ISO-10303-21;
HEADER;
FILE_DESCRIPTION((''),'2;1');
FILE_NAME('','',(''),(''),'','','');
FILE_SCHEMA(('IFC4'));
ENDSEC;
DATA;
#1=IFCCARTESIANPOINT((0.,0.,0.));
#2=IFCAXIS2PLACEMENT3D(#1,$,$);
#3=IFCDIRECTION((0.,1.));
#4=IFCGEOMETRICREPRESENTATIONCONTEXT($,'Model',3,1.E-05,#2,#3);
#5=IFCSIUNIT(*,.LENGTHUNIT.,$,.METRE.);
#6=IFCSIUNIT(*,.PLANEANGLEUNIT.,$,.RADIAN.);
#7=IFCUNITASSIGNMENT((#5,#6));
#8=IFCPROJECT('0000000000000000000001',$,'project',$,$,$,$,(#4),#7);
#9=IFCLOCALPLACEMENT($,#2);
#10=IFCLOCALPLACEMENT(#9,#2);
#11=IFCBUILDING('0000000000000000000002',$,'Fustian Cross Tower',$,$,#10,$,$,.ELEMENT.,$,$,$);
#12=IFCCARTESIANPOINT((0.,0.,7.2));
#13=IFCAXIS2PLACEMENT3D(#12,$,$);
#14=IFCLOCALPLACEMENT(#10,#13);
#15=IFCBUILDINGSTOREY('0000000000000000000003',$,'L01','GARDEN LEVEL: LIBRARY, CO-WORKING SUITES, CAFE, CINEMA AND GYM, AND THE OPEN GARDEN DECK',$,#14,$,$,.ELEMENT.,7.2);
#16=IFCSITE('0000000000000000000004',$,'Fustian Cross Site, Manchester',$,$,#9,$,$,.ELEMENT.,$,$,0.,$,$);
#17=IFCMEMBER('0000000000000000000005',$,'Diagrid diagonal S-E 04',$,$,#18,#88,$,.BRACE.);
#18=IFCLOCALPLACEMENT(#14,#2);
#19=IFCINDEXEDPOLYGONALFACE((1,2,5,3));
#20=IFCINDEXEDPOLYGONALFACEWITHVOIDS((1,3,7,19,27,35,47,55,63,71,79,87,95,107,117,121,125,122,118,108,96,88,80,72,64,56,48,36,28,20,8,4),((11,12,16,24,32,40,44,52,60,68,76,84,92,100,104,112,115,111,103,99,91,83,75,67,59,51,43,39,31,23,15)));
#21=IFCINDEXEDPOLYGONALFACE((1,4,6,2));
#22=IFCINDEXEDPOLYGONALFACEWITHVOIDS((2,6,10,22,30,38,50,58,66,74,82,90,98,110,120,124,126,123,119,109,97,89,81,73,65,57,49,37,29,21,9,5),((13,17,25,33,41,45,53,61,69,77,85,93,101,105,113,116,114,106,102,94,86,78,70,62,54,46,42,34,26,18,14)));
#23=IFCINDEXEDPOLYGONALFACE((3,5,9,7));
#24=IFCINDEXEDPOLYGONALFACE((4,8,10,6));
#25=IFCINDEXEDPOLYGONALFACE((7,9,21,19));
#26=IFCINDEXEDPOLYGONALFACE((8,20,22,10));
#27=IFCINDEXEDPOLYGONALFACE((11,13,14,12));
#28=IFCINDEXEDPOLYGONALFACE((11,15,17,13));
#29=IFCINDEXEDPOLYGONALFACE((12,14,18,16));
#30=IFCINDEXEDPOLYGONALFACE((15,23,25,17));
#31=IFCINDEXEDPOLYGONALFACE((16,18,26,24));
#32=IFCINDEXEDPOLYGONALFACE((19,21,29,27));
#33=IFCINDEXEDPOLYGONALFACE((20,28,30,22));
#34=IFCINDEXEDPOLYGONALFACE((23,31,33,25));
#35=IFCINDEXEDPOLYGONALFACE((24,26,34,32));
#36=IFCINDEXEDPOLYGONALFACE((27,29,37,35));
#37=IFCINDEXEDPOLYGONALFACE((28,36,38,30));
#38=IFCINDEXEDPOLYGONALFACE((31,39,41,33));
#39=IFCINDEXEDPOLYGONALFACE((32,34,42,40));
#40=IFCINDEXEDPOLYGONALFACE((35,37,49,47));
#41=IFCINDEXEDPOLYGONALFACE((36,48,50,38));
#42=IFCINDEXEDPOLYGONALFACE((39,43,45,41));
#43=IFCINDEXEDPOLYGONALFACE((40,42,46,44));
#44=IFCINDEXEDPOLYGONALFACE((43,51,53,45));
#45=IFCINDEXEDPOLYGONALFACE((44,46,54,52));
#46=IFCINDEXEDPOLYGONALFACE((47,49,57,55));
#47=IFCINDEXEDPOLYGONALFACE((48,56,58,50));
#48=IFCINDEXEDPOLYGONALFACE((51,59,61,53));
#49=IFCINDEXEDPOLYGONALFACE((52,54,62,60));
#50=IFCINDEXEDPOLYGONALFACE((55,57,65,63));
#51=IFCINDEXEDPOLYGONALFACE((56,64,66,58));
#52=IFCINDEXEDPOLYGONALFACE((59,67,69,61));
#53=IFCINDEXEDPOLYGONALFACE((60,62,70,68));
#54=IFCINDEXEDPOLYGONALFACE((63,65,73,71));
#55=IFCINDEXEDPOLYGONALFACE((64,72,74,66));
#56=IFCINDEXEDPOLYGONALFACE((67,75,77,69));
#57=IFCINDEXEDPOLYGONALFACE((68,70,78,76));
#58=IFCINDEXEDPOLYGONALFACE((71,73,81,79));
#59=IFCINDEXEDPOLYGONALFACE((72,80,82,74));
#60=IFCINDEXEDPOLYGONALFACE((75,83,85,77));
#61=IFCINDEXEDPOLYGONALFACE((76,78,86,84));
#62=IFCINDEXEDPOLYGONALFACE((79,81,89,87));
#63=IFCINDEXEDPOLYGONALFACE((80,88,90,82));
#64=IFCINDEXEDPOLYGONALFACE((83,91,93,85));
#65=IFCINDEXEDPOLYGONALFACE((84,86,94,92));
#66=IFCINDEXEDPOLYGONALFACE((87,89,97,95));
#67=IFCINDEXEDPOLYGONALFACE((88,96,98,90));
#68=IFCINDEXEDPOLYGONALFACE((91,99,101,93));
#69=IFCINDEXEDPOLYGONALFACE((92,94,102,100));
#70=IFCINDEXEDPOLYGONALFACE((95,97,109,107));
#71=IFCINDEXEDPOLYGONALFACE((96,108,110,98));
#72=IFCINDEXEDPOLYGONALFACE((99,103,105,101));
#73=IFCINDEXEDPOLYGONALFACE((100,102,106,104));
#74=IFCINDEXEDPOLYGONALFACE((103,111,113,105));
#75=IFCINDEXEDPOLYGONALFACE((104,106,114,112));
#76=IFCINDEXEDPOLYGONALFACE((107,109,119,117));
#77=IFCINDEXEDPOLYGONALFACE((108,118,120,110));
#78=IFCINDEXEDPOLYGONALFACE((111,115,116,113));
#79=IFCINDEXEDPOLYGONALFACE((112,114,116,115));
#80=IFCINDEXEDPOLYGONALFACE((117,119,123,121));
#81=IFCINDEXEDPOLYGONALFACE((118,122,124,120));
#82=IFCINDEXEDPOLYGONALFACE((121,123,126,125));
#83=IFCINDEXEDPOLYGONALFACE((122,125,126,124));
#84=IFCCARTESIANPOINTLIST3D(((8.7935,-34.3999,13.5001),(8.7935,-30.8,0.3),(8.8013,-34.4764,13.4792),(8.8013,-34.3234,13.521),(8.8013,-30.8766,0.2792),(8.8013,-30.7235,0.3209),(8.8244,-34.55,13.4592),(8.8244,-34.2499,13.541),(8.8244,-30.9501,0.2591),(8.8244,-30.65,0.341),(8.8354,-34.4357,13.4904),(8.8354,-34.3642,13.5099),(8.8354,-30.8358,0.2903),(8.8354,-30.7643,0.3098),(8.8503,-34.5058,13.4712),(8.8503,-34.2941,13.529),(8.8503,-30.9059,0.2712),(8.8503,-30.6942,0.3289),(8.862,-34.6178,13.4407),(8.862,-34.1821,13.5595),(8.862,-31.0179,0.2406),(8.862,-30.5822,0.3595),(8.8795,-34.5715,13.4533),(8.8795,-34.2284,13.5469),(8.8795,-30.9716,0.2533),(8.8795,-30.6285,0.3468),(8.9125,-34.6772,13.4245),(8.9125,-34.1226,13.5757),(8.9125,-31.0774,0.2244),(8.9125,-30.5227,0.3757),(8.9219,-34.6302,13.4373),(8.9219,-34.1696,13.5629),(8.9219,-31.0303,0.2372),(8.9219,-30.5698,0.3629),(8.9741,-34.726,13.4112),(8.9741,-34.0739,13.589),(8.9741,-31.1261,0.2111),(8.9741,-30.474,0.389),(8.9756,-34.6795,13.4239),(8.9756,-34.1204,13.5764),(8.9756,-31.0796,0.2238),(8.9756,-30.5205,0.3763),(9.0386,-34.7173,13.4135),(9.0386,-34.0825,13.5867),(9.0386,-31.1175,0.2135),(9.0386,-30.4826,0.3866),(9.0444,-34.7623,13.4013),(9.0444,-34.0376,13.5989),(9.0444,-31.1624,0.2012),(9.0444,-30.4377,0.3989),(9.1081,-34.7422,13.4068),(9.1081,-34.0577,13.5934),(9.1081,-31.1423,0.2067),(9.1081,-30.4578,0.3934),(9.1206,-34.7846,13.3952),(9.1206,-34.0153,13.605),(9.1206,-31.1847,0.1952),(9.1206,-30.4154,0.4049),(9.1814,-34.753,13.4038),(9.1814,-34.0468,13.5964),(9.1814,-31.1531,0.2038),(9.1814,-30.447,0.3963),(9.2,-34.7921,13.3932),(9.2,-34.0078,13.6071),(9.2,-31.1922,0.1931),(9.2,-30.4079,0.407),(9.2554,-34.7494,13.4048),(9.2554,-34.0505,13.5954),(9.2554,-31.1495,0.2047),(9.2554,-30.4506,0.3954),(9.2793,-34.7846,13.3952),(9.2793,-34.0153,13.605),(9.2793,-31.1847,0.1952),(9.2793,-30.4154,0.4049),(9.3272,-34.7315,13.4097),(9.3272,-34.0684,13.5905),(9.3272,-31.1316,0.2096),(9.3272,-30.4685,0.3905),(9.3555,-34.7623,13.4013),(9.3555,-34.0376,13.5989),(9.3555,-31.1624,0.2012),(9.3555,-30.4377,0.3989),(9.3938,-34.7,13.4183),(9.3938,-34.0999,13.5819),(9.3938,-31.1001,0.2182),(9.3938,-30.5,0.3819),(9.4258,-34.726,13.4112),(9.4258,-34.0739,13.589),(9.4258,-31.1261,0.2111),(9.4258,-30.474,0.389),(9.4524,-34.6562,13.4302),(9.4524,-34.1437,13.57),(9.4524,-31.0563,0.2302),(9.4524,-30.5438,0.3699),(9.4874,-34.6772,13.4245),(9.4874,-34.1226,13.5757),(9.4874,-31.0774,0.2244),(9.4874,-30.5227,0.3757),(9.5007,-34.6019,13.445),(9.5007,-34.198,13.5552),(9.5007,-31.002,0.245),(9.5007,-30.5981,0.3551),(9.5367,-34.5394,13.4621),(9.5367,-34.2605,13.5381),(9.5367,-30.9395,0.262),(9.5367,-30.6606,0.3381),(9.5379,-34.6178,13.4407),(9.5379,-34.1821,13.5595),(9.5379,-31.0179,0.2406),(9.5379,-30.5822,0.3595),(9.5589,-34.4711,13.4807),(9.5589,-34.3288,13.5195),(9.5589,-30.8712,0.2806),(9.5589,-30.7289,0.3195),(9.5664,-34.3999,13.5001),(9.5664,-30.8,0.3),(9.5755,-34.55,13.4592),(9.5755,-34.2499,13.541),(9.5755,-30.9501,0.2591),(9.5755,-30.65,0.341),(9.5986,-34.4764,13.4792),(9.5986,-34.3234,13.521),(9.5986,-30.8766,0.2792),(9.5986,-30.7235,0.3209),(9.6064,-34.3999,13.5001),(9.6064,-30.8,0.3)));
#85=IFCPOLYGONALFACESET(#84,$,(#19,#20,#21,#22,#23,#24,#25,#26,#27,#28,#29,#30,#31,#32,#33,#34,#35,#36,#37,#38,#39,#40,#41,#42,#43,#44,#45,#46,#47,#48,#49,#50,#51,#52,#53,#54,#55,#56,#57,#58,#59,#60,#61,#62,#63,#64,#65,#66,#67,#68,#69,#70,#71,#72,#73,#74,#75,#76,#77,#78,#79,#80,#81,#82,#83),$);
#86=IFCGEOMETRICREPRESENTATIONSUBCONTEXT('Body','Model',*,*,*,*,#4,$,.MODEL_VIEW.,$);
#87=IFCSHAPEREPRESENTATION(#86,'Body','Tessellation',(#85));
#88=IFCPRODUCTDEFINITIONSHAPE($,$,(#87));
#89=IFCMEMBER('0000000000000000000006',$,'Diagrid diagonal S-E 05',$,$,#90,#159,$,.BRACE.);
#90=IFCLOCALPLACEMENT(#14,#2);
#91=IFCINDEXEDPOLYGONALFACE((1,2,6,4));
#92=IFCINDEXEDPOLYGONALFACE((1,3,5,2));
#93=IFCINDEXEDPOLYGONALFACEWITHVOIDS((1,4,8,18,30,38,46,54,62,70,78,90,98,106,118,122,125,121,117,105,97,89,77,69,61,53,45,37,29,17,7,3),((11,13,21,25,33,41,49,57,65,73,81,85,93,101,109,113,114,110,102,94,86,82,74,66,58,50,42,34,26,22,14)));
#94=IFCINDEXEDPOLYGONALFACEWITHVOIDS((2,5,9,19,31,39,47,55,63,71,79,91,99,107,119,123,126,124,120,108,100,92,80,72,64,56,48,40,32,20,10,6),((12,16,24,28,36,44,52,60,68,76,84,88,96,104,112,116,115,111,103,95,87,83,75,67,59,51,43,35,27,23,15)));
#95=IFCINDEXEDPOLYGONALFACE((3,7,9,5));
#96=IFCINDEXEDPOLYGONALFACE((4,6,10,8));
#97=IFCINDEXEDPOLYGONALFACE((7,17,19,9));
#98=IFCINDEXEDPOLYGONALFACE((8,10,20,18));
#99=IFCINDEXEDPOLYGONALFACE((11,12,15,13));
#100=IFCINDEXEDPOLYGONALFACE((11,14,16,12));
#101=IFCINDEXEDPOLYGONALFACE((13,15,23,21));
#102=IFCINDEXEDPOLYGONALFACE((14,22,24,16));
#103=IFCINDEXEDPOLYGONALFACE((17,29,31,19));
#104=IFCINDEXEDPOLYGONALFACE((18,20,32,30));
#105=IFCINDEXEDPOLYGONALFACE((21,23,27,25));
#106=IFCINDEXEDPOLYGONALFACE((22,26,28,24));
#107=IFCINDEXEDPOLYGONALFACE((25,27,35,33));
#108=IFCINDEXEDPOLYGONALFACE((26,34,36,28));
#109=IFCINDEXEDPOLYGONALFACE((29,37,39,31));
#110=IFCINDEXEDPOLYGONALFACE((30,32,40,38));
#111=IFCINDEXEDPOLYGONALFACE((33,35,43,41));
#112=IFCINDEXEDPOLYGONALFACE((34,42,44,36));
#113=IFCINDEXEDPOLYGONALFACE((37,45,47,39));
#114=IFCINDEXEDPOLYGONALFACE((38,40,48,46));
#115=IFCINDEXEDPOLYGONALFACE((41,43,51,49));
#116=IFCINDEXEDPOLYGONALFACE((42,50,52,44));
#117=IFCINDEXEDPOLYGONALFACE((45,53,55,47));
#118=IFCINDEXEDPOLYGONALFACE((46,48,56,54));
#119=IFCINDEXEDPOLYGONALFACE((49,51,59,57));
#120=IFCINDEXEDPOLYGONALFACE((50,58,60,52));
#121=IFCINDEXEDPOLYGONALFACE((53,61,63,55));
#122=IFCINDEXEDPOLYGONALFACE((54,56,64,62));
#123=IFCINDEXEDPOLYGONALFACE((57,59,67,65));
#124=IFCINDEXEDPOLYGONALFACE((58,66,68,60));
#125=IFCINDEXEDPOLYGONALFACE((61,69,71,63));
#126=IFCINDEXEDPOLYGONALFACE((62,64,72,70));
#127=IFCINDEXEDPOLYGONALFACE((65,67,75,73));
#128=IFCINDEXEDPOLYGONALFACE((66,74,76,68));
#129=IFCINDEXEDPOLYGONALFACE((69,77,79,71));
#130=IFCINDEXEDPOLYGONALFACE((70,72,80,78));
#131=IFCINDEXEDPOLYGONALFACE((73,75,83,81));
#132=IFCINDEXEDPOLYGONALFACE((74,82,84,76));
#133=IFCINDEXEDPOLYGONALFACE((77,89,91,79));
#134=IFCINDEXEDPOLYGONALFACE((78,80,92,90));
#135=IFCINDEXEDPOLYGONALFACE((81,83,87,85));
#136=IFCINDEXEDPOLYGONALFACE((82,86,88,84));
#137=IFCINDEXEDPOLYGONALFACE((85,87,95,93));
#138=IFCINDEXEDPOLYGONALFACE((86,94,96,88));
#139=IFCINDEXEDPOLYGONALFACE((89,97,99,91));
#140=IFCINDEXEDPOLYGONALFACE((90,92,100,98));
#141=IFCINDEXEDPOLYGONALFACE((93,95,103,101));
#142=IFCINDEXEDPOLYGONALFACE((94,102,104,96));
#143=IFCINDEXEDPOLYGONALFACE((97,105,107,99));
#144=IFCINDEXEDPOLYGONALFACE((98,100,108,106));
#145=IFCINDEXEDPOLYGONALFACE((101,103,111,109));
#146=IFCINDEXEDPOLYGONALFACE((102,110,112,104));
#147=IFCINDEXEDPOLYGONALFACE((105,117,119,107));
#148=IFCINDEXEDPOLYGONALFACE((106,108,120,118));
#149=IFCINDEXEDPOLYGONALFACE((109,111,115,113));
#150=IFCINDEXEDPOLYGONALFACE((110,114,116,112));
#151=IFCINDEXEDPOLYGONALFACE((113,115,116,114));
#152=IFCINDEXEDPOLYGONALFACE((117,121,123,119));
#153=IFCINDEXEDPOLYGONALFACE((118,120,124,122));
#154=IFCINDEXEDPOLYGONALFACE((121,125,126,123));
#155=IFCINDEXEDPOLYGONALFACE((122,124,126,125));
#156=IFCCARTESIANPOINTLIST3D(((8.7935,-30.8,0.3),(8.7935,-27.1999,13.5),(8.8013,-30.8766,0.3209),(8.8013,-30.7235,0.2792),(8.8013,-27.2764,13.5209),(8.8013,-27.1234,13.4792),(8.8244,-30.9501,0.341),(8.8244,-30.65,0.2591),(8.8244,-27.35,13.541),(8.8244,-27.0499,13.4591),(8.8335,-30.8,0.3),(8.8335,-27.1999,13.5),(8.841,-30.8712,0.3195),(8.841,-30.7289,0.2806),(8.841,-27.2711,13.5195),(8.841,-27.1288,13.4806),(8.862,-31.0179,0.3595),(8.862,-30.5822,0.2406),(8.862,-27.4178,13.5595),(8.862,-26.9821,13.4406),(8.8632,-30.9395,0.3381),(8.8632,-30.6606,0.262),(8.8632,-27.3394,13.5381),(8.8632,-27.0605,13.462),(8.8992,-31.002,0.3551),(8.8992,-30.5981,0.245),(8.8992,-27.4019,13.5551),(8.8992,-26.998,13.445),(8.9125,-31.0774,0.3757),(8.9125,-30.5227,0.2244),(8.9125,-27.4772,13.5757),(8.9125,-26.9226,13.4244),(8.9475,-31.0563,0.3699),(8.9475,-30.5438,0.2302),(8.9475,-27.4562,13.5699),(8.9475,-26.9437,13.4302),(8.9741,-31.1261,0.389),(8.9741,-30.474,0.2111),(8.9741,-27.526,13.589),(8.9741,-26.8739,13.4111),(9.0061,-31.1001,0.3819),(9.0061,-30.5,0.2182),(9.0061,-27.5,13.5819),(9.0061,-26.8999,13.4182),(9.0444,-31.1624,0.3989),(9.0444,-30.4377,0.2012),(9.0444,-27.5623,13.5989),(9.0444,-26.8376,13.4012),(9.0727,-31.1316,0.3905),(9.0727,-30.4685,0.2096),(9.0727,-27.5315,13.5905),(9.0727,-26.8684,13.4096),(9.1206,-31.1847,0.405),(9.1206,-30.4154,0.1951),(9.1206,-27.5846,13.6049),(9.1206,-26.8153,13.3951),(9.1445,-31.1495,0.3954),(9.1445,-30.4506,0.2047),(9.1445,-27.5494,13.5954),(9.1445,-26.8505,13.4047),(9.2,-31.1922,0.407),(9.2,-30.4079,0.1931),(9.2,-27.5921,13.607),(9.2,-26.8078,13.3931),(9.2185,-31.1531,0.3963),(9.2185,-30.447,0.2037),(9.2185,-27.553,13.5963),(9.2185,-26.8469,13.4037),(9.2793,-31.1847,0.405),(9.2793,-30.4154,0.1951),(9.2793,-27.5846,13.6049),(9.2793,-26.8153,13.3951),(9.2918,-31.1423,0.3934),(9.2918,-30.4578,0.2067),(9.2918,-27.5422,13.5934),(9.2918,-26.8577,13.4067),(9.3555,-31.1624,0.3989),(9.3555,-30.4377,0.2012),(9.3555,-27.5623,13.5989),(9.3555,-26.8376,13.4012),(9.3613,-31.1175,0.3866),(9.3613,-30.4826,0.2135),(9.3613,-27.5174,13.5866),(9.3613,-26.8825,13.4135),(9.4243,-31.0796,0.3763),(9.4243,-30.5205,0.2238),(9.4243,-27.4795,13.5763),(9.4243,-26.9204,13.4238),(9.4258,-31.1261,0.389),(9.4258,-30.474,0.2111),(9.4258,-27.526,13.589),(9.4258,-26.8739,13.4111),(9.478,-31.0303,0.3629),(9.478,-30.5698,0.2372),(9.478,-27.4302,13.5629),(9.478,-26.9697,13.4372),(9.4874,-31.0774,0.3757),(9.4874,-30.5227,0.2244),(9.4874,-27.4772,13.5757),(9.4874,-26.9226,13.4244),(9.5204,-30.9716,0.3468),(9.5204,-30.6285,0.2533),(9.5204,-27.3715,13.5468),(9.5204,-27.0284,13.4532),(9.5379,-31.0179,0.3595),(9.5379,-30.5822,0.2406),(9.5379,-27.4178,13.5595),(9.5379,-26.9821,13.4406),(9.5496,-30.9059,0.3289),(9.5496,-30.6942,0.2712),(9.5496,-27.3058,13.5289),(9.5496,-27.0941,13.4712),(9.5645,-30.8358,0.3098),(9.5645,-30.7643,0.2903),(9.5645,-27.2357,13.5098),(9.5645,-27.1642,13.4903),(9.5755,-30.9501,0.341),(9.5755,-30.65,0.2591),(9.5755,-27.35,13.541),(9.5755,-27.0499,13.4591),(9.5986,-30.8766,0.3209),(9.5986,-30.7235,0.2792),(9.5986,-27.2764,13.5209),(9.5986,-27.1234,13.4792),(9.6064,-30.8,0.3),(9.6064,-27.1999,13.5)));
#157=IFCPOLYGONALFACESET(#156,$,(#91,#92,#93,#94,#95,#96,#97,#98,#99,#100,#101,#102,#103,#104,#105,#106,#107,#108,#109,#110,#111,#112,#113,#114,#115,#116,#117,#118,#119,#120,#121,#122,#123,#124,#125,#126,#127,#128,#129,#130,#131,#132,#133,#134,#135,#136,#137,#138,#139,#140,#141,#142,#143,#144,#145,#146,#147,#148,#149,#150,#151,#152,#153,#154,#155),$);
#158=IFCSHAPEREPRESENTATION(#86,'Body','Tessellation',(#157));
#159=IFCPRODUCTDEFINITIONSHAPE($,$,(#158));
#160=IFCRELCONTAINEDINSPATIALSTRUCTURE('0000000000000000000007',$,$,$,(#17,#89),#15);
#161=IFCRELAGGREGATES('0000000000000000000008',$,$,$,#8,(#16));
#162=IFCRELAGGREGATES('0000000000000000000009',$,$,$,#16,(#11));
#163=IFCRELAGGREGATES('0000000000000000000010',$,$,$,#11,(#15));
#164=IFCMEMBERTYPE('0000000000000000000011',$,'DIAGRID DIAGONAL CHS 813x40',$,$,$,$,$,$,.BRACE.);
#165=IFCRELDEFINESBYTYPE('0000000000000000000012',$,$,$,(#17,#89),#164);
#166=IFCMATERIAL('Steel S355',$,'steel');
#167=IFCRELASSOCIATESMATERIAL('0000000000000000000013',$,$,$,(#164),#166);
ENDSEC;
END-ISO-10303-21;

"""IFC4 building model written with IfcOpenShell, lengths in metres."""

from ifc_helpers import new_model, si_unit, direction, frame, origin, origin_2d, place, context, subcontext, project, spatial, hollow_circle, extrude, material, material_profile, profile_set, type_object, element, save


model = new_model("IFC4")

# Units and contexts
model_context = context("Model", 3, precision=1e-05, world=origin(), true_north=direction((0.0, 1.0)))
body_context = subcontext(model_context, "Body", "Model", "MODEL_VIEW")
ifc_project = project(units=[si_unit("LENGTHUNIT", "METRE"), si_unit("PLANEANGLEUNIT", "RADIAN")], contexts=[model_context])

# Site, building, storey
site_placement = place(None, origin())
site = spatial("IfcSite", under=ifc_project, at=site_placement, Name="Fustian Cross Site, Manchester", CompositionType="ELEMENT", RefElevation=0.0)
building_placement = place(site_placement, origin())
building = spatial("IfcBuilding", under=site, at=building_placement, Name="Fustian Cross Tower", CompositionType="ELEMENT")
storey_placement = place(building_placement, frame((0.0, 0.0, 7.2)))
storey = spatial("IfcBuildingStorey", under=building, at=storey_placement, Name="L01", Description="GARDEN LEVEL: LIBRARY, CO-WORKING SUITES, CAFE, CINEMA AND GYM, AND THE OPEN GARDEN DECK", CompositionType="ELEMENT", Elevation=7.2)

# Members
ifc_material_1 = material(Name="Steel S355", Category="steel")
ifc_material_profile_1 = material_profile(ifc_material_1, hollow_circle(Radius=0.4065, WallThickness=0.04, at=origin_2d()), Name="CHS 813x40")
ifc_profile_set_1 = profile_set([ifc_material_profile_1], Name="Steel S355")
member_type_1 = type_object("IfcMemberType", Name="DIAGRID DIAGONAL CHS 813x40", PredefinedType="BRACE", material=ifc_profile_set_1)
for number, where, z_axis, x_axis, name in (
    (1, (9.2, -30.8, 0.3), (0.0, -0.263108, 0.964766), (1.0, 0.0, 0.0), "Diagrid diagonal S-E 04"),
    (2, (9.2, -30.8, 0.3), (0.0, 0.263125, 0.964762), (-1.0, 0.0, 0.0), "Diagrid diagonal S-E 05"),
):
    element("IfcMember", number, at=place(storey_placement, frame(where, z_axis=z_axis, x_axis=x_axis)), inside=storey, type_object=member_type_1, Name=name, PredefinedType="BRACE", context=body_context, shape_type="SweptSolid", body=[
        extrude(hollow_circle(Radius=0.4065, WallThickness=0.04, at=origin_2d()), origin(), (0.0, 0.0, 1.0), 13.6821),
    ])

save(model, "model.ifc")
